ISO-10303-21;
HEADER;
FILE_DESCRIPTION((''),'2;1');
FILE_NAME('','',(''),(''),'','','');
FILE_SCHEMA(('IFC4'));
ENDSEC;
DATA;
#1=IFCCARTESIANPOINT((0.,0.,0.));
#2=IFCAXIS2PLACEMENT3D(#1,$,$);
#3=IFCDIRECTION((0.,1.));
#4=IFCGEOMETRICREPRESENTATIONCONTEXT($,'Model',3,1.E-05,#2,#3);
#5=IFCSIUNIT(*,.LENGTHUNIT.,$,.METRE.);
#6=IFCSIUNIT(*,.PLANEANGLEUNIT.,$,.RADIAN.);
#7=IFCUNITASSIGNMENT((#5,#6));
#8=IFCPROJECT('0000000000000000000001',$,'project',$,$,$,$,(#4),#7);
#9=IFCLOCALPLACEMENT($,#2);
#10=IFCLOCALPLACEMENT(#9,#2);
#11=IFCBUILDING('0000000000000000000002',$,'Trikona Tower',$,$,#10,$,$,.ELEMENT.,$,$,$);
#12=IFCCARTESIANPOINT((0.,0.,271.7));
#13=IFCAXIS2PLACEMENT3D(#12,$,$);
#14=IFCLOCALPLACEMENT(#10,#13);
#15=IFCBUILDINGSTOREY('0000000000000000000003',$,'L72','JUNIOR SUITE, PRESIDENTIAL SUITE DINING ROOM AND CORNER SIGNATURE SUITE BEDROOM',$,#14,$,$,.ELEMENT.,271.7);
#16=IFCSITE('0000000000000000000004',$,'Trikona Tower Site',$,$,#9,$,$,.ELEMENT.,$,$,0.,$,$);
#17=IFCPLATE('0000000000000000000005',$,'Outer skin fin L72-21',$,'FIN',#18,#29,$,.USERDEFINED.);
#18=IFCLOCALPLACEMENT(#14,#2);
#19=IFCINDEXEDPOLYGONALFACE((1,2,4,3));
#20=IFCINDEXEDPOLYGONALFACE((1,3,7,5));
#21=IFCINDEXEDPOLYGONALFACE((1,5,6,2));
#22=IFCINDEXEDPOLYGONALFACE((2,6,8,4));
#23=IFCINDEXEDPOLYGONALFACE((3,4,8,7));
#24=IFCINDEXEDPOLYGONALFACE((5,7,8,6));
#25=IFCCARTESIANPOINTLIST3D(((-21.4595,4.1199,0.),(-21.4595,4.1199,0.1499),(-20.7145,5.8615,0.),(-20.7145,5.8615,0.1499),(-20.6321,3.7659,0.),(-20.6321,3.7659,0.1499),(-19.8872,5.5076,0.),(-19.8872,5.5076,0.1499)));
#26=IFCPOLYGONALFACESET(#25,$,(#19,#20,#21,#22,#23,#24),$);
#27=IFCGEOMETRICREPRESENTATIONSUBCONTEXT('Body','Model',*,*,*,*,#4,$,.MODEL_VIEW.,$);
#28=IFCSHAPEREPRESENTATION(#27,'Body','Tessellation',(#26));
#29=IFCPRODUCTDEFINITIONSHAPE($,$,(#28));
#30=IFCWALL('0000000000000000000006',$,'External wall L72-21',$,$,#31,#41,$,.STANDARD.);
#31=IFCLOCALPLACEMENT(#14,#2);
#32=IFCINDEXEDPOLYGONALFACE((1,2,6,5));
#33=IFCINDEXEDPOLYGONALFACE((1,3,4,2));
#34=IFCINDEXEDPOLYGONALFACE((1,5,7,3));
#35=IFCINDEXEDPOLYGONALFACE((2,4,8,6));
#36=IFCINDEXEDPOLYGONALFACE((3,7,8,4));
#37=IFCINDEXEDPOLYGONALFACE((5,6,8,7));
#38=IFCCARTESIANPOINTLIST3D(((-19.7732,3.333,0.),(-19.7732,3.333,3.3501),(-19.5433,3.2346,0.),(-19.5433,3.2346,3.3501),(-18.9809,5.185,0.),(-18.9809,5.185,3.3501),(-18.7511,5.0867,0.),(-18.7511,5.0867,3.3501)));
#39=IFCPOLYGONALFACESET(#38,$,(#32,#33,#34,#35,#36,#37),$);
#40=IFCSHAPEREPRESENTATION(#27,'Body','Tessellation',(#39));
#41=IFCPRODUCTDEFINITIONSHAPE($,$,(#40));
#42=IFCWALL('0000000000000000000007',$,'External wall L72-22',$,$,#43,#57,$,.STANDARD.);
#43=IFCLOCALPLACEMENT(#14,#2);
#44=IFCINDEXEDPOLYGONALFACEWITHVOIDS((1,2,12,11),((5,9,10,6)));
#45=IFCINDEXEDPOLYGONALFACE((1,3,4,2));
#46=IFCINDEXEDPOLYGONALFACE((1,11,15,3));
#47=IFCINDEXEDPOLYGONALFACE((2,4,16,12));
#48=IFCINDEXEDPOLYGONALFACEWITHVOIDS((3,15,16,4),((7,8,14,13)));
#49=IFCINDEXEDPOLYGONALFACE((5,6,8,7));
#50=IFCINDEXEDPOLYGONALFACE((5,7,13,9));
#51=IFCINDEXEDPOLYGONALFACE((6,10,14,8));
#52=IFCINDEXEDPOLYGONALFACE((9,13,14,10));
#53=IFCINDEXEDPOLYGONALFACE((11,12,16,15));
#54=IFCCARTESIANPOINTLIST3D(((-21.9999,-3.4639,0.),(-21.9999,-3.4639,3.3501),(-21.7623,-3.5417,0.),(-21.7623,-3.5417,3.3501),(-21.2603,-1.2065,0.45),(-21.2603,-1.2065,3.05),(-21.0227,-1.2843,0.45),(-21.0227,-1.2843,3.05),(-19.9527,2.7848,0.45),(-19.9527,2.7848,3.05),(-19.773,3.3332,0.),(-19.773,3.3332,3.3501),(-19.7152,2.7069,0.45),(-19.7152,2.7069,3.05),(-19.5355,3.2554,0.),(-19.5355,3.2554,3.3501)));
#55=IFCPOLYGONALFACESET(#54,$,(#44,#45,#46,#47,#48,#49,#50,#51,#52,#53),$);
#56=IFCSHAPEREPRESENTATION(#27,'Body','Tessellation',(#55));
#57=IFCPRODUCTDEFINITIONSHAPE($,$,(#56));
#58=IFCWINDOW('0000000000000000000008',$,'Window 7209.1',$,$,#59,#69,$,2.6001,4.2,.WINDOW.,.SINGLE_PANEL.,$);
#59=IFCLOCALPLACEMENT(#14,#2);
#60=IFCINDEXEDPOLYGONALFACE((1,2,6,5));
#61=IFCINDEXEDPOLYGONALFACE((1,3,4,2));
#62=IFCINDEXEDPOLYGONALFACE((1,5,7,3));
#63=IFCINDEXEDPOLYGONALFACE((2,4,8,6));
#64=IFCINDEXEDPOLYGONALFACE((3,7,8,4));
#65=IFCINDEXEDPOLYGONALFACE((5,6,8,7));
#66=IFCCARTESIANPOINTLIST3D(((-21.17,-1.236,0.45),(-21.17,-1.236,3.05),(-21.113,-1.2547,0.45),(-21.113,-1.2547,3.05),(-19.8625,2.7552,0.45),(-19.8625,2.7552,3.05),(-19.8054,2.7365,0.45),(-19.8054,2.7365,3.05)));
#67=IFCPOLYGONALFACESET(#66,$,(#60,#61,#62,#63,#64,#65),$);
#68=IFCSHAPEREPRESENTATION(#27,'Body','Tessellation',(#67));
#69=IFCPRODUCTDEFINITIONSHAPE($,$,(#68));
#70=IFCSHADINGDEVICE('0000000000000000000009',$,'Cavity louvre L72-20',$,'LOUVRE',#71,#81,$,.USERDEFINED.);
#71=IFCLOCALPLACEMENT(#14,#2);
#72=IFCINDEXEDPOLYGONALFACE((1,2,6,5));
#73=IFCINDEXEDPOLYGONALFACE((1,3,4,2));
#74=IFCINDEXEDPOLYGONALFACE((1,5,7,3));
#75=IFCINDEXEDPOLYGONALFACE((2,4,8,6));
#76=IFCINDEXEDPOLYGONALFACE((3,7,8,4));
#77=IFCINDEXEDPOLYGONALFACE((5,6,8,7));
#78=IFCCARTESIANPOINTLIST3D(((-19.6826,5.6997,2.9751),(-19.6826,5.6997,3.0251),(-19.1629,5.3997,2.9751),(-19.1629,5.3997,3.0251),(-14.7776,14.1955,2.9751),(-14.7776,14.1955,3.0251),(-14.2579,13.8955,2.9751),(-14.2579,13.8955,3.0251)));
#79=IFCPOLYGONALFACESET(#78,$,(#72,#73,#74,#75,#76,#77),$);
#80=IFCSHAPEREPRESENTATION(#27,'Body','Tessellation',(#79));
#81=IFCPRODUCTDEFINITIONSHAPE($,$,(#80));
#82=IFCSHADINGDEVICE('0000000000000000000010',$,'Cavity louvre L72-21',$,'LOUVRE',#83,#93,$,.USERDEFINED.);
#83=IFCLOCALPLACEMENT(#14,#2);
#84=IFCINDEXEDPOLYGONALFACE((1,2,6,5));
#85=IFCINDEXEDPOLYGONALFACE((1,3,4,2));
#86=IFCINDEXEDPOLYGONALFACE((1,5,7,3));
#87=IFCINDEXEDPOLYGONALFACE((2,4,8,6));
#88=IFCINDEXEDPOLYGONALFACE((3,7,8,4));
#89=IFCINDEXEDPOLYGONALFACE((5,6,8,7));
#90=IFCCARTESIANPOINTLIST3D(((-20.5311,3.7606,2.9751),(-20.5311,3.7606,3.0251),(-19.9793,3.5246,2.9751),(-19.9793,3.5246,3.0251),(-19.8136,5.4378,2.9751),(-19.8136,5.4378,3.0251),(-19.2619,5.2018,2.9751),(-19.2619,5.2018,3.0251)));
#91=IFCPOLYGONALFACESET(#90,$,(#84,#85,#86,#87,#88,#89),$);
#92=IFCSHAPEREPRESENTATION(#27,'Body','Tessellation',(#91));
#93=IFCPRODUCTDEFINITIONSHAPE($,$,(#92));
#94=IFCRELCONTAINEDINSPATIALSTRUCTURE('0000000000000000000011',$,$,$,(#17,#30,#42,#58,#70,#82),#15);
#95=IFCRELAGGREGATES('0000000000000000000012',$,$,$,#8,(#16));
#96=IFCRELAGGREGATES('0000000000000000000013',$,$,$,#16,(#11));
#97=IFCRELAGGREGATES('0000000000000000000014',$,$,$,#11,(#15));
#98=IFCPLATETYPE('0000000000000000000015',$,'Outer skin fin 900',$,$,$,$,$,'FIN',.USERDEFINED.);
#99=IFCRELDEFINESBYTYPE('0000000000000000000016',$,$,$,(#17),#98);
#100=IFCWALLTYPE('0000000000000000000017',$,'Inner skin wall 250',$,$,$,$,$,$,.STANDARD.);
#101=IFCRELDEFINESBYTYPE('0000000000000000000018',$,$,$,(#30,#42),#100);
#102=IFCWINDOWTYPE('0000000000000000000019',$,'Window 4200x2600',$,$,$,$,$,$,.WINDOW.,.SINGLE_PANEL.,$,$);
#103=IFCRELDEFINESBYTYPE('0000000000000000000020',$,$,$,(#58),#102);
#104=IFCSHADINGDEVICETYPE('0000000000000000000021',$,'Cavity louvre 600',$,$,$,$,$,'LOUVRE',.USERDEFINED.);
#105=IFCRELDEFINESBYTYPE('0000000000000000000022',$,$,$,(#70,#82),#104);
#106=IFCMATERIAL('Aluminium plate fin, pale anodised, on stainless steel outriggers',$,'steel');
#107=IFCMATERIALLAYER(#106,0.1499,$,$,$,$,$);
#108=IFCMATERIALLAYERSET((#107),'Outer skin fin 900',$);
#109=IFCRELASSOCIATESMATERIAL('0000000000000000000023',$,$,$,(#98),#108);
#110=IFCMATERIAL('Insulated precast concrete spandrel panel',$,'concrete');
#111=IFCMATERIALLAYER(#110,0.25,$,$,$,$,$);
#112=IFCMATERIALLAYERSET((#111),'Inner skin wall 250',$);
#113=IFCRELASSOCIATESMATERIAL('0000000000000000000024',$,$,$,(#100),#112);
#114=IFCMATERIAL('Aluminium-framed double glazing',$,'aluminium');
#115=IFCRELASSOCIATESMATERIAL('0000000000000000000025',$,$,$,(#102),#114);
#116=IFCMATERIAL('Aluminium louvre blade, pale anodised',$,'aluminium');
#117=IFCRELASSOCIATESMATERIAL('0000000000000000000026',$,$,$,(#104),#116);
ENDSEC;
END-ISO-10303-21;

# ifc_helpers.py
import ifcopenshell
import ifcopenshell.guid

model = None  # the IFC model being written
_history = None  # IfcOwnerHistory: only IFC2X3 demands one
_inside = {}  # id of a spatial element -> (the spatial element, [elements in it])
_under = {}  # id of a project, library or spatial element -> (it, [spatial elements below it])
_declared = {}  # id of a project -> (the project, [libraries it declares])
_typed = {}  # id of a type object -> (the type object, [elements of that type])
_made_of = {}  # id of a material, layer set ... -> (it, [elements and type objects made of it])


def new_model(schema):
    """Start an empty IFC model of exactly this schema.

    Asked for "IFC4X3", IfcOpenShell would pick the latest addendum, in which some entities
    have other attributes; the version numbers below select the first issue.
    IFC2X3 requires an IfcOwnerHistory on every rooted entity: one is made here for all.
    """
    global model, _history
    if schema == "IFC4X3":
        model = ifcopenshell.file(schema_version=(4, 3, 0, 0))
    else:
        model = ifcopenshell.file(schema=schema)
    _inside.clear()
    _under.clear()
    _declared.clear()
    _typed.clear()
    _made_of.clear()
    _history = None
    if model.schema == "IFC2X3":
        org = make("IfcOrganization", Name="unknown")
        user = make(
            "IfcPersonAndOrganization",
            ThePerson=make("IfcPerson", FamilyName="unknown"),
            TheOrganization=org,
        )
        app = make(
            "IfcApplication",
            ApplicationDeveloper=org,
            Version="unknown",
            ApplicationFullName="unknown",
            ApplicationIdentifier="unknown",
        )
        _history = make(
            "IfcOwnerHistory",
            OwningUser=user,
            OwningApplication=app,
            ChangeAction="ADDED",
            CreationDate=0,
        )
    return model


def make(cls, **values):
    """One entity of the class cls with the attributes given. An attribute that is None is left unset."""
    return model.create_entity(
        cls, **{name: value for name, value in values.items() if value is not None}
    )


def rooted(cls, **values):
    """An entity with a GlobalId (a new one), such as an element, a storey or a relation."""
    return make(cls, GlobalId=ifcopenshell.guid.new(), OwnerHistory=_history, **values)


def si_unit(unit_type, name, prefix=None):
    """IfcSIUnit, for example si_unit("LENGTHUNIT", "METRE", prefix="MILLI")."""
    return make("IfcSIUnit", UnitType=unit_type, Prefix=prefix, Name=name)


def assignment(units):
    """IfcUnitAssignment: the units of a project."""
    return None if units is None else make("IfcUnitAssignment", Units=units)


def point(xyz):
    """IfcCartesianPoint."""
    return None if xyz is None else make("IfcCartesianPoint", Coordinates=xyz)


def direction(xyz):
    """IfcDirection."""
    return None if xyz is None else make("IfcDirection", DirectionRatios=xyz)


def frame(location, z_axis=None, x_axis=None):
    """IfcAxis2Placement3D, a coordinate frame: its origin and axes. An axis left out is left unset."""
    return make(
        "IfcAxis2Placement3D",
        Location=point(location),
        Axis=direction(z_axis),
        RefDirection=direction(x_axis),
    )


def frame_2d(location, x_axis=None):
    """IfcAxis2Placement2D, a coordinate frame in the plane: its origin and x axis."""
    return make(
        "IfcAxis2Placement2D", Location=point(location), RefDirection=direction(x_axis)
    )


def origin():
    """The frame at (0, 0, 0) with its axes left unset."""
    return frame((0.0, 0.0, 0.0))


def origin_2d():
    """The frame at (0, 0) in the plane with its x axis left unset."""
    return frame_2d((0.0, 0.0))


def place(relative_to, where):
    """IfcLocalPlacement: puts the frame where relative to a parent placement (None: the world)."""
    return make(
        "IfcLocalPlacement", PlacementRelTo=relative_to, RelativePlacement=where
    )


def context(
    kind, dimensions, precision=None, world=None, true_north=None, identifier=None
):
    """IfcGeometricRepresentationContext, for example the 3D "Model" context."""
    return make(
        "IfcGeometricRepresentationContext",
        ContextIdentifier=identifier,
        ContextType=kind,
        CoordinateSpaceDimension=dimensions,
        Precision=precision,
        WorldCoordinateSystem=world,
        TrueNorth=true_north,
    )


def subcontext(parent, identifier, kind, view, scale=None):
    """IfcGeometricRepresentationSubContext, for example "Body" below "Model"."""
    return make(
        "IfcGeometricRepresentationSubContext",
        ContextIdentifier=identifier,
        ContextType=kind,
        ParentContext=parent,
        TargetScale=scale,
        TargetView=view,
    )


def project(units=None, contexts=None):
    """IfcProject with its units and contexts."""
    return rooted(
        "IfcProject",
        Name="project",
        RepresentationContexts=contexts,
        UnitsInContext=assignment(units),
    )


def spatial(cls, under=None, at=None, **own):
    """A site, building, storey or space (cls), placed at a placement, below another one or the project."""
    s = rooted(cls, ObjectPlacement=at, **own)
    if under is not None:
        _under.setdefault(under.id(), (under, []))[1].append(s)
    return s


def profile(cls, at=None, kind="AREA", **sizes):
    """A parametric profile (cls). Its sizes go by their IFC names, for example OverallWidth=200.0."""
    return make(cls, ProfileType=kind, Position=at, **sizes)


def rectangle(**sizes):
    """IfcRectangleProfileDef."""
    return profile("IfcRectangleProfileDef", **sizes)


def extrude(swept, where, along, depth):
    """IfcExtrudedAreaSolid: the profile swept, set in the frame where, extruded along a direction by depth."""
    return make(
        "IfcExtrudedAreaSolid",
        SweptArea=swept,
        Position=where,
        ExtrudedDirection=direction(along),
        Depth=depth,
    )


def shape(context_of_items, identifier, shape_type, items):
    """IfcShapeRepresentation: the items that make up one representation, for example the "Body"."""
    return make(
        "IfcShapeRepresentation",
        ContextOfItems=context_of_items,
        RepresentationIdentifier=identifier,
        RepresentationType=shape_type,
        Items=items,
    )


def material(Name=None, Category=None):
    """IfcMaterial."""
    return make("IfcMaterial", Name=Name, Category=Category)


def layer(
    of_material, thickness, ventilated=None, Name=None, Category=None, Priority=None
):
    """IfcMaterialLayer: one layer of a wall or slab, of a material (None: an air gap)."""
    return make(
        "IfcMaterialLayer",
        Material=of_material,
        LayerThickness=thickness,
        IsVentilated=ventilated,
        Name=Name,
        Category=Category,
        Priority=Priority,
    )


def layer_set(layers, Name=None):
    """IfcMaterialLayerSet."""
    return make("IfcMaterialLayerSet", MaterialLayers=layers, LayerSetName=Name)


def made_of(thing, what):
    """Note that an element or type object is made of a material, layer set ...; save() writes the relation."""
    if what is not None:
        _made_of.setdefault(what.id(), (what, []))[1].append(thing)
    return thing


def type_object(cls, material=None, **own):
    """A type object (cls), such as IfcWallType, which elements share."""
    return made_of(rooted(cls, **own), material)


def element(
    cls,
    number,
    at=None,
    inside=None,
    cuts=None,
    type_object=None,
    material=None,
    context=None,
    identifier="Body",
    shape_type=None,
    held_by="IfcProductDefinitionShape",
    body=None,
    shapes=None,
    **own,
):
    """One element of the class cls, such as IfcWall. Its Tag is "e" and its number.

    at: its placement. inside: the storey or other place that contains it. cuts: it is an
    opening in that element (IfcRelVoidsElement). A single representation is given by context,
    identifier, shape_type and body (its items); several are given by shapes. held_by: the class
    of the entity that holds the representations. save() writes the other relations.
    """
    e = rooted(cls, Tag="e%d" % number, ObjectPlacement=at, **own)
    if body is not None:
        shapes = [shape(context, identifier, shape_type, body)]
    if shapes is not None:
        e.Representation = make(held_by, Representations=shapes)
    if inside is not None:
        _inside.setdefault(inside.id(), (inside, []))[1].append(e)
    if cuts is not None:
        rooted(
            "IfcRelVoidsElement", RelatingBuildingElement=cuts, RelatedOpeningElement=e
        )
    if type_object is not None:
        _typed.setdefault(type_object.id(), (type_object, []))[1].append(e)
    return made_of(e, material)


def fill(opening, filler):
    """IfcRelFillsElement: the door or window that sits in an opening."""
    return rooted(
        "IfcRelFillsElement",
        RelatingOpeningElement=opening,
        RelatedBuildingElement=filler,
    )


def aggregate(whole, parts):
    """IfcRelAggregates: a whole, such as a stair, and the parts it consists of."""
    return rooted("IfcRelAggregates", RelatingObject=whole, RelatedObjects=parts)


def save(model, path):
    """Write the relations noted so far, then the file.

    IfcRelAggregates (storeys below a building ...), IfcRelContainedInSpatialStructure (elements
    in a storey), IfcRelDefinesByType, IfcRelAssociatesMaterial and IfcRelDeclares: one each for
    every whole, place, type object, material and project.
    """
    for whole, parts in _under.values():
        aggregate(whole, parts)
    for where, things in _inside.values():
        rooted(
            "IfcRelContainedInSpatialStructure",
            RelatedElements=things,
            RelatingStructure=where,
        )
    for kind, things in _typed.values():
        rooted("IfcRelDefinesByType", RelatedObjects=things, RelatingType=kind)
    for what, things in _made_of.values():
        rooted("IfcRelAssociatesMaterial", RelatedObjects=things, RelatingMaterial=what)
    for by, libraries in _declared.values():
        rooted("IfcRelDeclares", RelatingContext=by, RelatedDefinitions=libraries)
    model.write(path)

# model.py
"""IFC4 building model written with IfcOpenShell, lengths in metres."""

from ifc_helpers import new_model, si_unit, direction, frame, frame_2d, origin, origin_2d, place, context, subcontext, project, spatial, rectangle, extrude, material, layer, layer_set, type_object, element, fill, save


model = new_model("IFC4")

# Units and contexts
model_context = context("Model", 3, precision=1e-05, world=origin(), true_north=direction((0.0, 1.0)))
body_context = subcontext(model_context, "Body", "Model", "MODEL_VIEW")
ifc_project = project(units=[si_unit("LENGTHUNIT", "METRE"), si_unit("PLANEANGLEUNIT", "RADIAN")], contexts=[model_context])

# Site, building, storey
site_placement = place(None, origin())
site = spatial("IfcSite", under=ifc_project, at=site_placement, Name="Trikona Tower Site", CompositionType="ELEMENT", RefElevation=0.0)
building_placement = place(site_placement, origin())
building = spatial("IfcBuilding", under=site, at=building_placement, Name="Trikona Tower", CompositionType="ELEMENT")
storey_placement = place(building_placement, frame((0.0, 0.0, 271.7)))
storey = spatial("IfcBuildingStorey", under=building, at=storey_placement, Name="L72", Description="JUNIOR SUITE, PRESIDENTIAL SUITE DINING ROOM AND CORNER SIGNATURE SUITE BEDROOM", CompositionType="ELEMENT", Elevation=271.7)

# Plate
ifc_material_1 = material(Name="Aluminium plate fin, pale anodised, on stainless steel outriggers", Category="steel")
ifc_layer_1 = layer(ifc_material_1, 0.1499)
ifc_layer_set_1 = layer_set([ifc_layer_1], Name="Outer skin fin 900")
plate_type_1 = type_object("IfcPlateType", Name="Outer skin fin 900", ElementType="FIN", PredefinedType="USERDEFINED", material=ifc_layer_set_1)
plate_1_placement = place(storey_placement, frame((-20.6733, 4.8137, 0.0), z_axis=(0.0, 0.0, 1.0), x_axis=(-0.393284, -0.919417, 0.0)))
element("IfcPlate", 1, at=plate_1_placement, inside=storey, type_object=plate_type_1, Name="Outer skin fin L72-21", ObjectType="FIN", PredefinedType="USERDEFINED", context=body_context, shape_type="SweptSolid", body=[
    extrude(rectangle(XDim=1.8943, YDim=0.8999, at=origin_2d()), origin(), (0.0, 0.0, 1.0), 0.1499),
])

# Wall
ifc_material_2 = material(Name="Insulated precast concrete spandrel panel", Category="concrete")
ifc_layer_2 = layer(ifc_material_2, 0.25)
ifc_layer_set_2 = layer_set([ifc_layer_2], Name="Inner skin wall 250")
wall_type = type_object("IfcWallType", Name="Inner skin wall 250", PredefinedType="STANDARD", material=ifc_layer_set_2)
wall_1_placement = place(storey_placement, frame((-18.866, 5.136, 0.0), z_axis=(0.0, 0.0, 1.0), x_axis=(-0.39329, -0.919414, 0.0)))
element("IfcWall", 2, at=wall_1_placement, inside=storey, type_object=wall_type, Name="External wall L72-21", PredefinedType="STANDARD", context=body_context, shape_type="SweptSolid", body=[
    extrude(rectangle(XDim=2.0144, YDim=0.25, at=frame_2d((1.0073, 0.0))), origin(), (0.0, 0.0, 1.0), 3.3501),
])

# Wall, opening, window
wall_2_placement = place(storey_placement, frame((-19.6543, 3.2942, 0.0), z_axis=(0.0, 0.0, 1.0), x_axis=(-0.311329, -0.950302, 0.0)))
wall_2 = element("IfcWall", 3, at=wall_2_placement, inside=storey, type_object=wall_type, Name="External wall L72-22", PredefinedType="STANDARD", context=body_context, shape_type="SweptSolid", body=[
    extrude(rectangle(XDim=7.1526, YDim=0.25, at=frame_2d((3.5762, 0.0))), origin(), (0.0, 0.0, 1.0), 3.3501),
])
opening_placement = place(wall_2_placement, frame((0.5769, 0.0, 0.45)))
opening = element("IfcOpeningElement", 4, at=opening_placement, cuts=wall_2, PredefinedType="OPENING", context=body_context, shape_type="SweptSolid", body=[
    extrude(rectangle(XDim=4.2, YDim=2.6001, at=frame_2d((2.1001, 1.3))), frame((0.0, 0.135, 0.0), z_axis=(0.0, -1.0, 0.0), x_axis=(1.0, 0.0, 0.0)), (0.0, 0.0, 1.0), 0.27),
])
ifc_material_3 = material(Name="Aluminium-framed double glazing", Category="aluminium")
window_type = type_object("IfcWindowType", Name="Window 4200x2600", PartitioningType="SINGLE_PANEL", PredefinedType="WINDOW", material=ifc_material_3)
window_placement = place(opening_placement, origin())
window = element("IfcWindow", 5, at=window_placement, inside=storey, type_object=window_type, Name="Window 7209.1", OverallHeight=2.6001, OverallWidth=4.2, PartitioningType="SINGLE_PANEL", PredefinedType="WINDOW", context=body_context, shape_type="SweptSolid", body=[
    extrude(rectangle(XDim=4.2, YDim=2.6001, at=frame_2d((2.1001, 1.3))), frame((0.0, 0.03, 0.0), z_axis=(0.0, -1.0, 0.0), x_axis=(1.0, 0.0, 0.0)), (0.0, 0.0, 1.0), 0.0601),
])
fill(opening, window)

# Shading devices
ifc_material_4 = material(Name="Aluminium louvre blade, pale anodised", Category="aluminium")
shading_device_type = type_object("IfcShadingDeviceType", Name="Cavity louvre 600", ElementType="LOUVRE", PredefinedType="USERDEFINED", material=ifc_material_4)
shading_device_1_placement = place(storey_placement, frame((-16.9702, 9.7976, 2.9751), z_axis=(0.0, 0.0, 1.0), x_axis=(-0.499998, -0.866026, 0.0)))
element("IfcShadingDevice", 6, at=shading_device_1_placement, inside=storey, type_object=shading_device_type, Name="Cavity louvre L72-20", ObjectType="LOUVRE", PredefinedType="USERDEFINED", context=body_context, shape_type="SweptSolid", body=[
    extrude(rectangle(XDim=9.8101, YDim=0.6001, at=origin_2d()), origin(), (0.0, 0.0, 1.0), 0.05),
])
shading_device_2_placement = place(storey_placement, frame((-19.8965, 4.4812, 2.9751), z_axis=(0.0, 0.0, 1.0), x_axis=(-0.393284, -0.919417, 0.0)))
element("IfcShadingDevice", 7, at=shading_device_2_placement, inside=storey, type_object=shading_device_type, Name="Cavity louvre L72-21", ObjectType="LOUVRE", PredefinedType="USERDEFINED", context=body_context, shape_type="SweptSolid", body=[
    extrude(rectangle(XDim=1.8242, YDim=0.6001, at=origin_2d()), origin(), (0.0, 0.0, 1.0), 0.05),
])

save(model, "model.ifc")
